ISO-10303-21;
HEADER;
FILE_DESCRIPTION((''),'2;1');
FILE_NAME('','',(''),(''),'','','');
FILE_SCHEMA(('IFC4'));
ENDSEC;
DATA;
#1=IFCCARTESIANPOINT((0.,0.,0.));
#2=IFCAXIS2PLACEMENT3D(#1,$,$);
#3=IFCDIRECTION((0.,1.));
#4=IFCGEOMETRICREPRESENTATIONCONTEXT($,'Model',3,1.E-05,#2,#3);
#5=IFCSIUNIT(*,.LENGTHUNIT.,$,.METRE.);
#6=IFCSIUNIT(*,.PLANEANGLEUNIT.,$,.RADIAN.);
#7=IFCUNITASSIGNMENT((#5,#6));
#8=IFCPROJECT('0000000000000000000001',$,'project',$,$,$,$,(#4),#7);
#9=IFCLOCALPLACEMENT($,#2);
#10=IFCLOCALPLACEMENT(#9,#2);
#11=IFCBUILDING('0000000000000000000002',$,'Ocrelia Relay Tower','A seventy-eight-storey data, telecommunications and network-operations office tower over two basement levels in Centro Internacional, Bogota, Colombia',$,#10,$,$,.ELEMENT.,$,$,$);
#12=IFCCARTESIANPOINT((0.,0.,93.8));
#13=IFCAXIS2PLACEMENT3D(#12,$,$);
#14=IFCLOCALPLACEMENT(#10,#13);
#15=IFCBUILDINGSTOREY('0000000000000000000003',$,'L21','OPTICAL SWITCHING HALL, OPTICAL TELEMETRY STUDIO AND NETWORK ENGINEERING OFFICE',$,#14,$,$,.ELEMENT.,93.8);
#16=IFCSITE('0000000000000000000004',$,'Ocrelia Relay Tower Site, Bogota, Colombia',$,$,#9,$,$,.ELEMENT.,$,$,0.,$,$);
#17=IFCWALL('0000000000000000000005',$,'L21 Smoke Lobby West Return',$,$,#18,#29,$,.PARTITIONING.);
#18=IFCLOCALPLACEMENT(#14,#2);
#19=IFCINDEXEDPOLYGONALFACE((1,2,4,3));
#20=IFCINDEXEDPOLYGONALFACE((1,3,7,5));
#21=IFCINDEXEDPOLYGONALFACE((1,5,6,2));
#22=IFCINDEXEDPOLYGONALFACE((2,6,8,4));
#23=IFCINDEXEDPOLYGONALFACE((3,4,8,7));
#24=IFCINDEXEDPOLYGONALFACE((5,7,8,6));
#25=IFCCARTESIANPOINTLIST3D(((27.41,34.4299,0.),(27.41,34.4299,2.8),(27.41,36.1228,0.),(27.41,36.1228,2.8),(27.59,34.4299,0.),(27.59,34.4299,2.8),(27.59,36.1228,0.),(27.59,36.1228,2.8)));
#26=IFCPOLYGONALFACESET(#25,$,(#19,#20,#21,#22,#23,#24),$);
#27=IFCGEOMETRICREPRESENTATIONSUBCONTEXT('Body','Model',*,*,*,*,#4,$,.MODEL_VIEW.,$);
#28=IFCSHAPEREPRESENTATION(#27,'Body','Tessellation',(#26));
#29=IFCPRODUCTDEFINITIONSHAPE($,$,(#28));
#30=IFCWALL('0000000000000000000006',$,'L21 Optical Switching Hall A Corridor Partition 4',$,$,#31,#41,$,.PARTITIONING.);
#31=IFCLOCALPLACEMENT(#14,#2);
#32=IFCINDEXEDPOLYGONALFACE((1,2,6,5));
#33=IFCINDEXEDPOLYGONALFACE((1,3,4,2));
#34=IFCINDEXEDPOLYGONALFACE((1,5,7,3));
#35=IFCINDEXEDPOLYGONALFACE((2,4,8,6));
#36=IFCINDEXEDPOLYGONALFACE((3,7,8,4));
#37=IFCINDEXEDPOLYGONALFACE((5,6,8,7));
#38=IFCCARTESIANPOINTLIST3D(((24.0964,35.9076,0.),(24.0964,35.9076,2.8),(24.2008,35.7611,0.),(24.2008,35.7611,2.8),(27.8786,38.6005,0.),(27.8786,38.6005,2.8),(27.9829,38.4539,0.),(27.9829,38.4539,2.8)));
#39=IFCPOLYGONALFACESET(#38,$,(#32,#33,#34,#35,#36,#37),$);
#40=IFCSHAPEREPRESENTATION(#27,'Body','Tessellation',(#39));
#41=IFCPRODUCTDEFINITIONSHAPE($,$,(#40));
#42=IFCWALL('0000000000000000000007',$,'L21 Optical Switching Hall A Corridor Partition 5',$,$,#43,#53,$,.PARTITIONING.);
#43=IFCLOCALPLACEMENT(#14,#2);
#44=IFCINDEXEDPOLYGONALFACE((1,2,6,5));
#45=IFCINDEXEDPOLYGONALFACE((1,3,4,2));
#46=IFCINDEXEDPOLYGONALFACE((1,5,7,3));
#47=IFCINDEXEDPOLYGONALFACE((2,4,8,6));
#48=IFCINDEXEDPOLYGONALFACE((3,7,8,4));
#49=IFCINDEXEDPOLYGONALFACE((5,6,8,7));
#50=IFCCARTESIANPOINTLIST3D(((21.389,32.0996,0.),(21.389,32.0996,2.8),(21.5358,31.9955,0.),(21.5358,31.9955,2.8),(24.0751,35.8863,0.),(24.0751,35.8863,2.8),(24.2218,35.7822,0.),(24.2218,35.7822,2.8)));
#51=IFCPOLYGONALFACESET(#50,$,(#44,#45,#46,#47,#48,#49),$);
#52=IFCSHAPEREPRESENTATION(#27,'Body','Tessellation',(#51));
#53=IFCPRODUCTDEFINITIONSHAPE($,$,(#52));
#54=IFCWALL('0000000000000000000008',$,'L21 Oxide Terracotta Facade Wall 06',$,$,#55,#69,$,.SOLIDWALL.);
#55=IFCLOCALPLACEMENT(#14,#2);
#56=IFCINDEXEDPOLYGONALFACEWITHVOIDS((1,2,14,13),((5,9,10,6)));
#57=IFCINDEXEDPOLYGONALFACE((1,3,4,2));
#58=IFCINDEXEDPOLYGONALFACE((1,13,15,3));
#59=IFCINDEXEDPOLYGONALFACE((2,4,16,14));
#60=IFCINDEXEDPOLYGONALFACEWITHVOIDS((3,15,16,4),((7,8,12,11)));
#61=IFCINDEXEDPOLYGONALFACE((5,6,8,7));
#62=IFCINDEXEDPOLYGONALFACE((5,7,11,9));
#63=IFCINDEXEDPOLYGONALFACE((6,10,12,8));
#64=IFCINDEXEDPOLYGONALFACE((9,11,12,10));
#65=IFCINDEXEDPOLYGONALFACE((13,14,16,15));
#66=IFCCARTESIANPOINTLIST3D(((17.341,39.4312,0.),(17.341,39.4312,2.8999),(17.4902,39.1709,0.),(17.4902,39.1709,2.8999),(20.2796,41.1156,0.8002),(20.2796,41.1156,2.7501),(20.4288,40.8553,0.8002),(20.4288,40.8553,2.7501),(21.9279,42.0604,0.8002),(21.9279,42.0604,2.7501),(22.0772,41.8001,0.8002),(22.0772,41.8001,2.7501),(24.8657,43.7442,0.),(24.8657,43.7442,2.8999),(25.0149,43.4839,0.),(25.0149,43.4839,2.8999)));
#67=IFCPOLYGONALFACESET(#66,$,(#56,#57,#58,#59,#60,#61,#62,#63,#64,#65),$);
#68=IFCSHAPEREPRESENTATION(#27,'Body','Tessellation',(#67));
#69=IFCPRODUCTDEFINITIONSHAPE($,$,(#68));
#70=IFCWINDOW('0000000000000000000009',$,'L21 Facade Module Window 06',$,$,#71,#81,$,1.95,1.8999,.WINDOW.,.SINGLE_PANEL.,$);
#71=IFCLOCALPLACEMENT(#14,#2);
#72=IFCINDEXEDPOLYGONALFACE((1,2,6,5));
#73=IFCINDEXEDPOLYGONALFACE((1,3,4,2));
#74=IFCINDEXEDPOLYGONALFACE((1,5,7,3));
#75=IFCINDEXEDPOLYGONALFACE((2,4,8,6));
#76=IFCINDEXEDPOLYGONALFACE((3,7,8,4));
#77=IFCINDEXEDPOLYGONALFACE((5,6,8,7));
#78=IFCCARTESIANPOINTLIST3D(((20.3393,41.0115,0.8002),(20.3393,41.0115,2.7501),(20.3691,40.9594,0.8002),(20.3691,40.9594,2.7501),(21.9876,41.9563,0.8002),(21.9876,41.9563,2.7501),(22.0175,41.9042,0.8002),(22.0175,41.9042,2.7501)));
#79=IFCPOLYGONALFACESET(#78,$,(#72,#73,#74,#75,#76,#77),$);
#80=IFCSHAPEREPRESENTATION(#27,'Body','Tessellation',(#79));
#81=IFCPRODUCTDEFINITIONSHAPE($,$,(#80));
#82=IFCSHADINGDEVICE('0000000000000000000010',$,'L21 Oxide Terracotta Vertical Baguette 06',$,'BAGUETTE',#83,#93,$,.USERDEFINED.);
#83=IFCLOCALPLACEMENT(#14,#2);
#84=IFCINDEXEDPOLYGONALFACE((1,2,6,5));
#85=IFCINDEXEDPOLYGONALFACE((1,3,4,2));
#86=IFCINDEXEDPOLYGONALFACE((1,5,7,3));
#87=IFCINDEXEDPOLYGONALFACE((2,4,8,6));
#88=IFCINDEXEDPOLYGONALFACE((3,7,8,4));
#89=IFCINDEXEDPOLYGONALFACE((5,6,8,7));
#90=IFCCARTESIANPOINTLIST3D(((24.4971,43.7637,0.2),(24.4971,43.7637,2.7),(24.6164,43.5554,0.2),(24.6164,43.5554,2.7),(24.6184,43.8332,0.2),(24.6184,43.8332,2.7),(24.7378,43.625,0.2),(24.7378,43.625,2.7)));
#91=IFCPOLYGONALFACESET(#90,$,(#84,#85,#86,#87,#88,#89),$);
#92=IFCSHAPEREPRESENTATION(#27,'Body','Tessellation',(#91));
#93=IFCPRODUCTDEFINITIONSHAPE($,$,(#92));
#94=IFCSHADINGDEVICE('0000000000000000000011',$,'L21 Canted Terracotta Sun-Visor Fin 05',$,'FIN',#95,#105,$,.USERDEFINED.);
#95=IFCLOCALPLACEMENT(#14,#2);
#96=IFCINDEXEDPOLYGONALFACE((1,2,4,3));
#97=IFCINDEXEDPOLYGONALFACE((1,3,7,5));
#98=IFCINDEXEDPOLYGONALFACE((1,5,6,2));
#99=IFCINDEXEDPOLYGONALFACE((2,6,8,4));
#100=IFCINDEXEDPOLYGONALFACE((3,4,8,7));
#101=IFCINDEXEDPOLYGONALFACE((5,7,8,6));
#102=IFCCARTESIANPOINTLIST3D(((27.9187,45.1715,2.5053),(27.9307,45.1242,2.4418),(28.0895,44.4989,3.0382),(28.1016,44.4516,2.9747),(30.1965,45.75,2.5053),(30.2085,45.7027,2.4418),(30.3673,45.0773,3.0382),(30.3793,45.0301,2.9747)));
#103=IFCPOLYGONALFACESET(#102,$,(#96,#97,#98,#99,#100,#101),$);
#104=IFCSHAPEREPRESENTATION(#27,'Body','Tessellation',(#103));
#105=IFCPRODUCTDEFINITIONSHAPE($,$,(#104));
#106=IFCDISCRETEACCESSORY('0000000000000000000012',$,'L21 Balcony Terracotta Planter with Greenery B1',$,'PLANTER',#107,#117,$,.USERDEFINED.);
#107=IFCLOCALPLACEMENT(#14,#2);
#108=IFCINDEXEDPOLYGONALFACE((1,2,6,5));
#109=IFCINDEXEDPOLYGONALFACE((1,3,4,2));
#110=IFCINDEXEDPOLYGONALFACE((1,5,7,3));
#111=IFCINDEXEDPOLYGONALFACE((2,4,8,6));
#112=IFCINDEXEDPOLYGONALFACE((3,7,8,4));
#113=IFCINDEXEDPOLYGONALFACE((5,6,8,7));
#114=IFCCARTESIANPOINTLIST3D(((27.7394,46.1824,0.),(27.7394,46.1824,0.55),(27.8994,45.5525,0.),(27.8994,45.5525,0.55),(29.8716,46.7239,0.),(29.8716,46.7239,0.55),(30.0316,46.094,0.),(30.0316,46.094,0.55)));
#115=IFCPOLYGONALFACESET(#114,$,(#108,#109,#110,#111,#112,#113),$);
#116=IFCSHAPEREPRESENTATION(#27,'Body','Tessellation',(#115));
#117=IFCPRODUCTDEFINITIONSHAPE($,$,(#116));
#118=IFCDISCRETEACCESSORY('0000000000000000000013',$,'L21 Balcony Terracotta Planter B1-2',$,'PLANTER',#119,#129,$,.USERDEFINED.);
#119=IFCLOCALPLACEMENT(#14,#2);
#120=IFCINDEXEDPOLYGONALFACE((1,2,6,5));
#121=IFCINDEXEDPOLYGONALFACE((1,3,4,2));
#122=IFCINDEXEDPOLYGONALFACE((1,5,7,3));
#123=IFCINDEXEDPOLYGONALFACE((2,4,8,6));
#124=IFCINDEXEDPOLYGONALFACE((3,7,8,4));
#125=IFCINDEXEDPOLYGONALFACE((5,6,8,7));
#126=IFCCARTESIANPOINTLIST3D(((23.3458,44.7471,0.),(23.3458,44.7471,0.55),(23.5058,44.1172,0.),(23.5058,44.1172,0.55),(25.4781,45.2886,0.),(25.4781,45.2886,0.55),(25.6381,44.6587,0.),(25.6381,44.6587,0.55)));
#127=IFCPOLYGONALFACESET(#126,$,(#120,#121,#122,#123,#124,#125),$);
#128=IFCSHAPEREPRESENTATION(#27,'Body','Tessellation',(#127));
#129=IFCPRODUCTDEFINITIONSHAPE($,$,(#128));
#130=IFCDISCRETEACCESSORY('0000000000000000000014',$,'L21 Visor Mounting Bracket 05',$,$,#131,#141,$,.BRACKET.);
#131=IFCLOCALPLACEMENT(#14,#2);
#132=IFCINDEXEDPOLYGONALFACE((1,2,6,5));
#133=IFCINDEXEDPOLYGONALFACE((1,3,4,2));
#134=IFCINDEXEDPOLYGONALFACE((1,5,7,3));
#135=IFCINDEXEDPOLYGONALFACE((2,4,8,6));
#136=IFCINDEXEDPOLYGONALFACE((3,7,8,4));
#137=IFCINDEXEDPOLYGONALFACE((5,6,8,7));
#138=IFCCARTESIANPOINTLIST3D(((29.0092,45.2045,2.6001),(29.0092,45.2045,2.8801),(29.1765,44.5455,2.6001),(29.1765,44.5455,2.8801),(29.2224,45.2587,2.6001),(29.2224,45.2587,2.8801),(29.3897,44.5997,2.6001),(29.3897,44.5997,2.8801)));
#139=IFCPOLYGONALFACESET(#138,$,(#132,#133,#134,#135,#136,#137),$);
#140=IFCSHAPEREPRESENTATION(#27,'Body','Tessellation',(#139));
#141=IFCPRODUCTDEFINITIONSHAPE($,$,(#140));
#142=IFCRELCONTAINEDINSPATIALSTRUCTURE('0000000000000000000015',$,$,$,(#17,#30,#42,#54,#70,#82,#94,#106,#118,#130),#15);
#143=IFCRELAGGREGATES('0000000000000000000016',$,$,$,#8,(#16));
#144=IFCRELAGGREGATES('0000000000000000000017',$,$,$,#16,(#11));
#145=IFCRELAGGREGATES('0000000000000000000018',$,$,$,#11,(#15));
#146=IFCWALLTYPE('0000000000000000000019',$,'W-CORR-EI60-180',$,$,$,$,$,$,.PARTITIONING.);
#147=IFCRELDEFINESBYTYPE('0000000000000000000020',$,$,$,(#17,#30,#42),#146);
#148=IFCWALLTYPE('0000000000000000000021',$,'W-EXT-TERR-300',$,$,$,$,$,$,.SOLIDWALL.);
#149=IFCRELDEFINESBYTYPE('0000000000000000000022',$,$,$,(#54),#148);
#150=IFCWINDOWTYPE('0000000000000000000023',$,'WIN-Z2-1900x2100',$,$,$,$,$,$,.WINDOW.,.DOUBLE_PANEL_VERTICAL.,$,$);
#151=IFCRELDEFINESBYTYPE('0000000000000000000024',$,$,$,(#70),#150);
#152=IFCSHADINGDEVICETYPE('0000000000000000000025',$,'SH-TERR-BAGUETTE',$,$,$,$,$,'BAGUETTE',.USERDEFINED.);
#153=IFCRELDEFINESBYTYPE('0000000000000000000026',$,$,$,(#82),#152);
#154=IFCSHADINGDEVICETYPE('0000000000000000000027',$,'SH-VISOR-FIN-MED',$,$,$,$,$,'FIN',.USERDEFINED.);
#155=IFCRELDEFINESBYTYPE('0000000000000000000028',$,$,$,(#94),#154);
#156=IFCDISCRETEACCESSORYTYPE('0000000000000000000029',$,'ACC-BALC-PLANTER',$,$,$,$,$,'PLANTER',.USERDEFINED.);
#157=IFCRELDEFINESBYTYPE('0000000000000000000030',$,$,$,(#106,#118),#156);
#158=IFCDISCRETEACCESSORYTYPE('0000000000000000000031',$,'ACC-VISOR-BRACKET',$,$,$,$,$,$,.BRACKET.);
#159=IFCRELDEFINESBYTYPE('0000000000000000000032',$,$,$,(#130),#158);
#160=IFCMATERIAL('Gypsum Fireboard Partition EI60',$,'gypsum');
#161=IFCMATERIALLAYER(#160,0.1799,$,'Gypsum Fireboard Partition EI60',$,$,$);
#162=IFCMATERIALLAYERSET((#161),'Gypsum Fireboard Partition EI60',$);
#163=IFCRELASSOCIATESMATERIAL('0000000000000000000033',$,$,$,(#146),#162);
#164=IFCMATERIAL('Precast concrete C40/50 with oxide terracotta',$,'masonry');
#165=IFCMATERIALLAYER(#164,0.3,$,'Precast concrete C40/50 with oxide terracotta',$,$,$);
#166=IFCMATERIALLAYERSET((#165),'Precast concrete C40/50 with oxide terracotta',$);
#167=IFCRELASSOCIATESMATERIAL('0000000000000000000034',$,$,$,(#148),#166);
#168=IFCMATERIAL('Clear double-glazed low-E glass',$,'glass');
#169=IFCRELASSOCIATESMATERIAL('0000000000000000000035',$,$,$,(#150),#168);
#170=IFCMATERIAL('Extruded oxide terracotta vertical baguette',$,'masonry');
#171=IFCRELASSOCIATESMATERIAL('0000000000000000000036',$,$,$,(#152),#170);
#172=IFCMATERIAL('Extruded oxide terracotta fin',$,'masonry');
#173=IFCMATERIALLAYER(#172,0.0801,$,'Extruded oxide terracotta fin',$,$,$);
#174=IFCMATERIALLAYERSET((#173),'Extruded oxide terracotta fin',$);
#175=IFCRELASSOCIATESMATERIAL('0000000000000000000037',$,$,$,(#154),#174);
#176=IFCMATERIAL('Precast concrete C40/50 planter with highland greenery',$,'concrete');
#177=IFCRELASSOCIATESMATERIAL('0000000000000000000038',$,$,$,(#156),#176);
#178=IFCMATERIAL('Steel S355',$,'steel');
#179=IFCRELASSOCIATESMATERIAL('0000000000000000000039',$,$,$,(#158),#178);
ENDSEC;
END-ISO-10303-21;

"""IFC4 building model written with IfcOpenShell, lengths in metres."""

from ifc_helpers import new_model, si_unit, direction, frame, frame_2d, origin, origin_2d, place, context, subcontext, project, spatial, rectangle, extrude, material, layer, layer_set, type_object, element, fill, save


model = new_model("IFC4")

# Units and contexts
model_context = context("Model", 3, precision=1e-05, world=origin(), true_north=direction((0.0, 1.0)))
body_context = subcontext(model_context, "Body", "Model", "MODEL_VIEW")
ifc_project = project(units=[si_unit("LENGTHUNIT", "METRE"), si_unit("PLANEANGLEUNIT", "RADIAN")], contexts=[model_context])

# Site, building, storey
site_placement = place(None, origin())
site = spatial("IfcSite", under=ifc_project, at=site_placement, Name="Ocrelia Relay Tower Site, Bogota, Colombia", CompositionType="ELEMENT", RefElevation=0.0)
building_placement = place(site_placement, origin())
building = spatial("IfcBuilding", under=site, at=building_placement, Name="Ocrelia Relay Tower", Description="A seventy-eight-storey data, telecommunications and network-operations office tower over two basement levels in Centro Internacional, Bogota, Colombia", CompositionType="ELEMENT")
storey_placement = place(building_placement, frame((0.0, 0.0, 93.8)))
storey = spatial("IfcBuildingStorey", under=building, at=storey_placement, Name="L21", Description="OPTICAL SWITCHING HALL, OPTICAL TELEMETRY STUDIO AND NETWORK ENGINEERING OFFICE", CompositionType="ELEMENT", Elevation=93.8)

# Shared definitions
ifc_material_1 = material(Name="Steel S355", Category="steel")

# Wall
ifc_material_2 = material(Name="Gypsum Fireboard Partition EI60", Category="gypsum")
ifc_layer_1 = layer(ifc_material_2, 0.1799, Name="Gypsum Fireboard Partition EI60")
ifc_layer_set_1 = layer_set([ifc_layer_1], Name="Gypsum Fireboard Partition EI60")
wall_type_1 = type_object("IfcWallType", Name="W-CORR-EI60-180", PredefinedType="PARTITIONING", material=ifc_layer_set_1)
wall_1_placement = place(storey_placement, frame((27.5, 34.4299, 0.0), z_axis=(0.0, 0.0, 1.0), x_axis=(0.0, 1.0, 0.0)))
element("IfcWall", 1, at=wall_1_placement, inside=storey, type_object=wall_type_1, Name="L21 Smoke Lobby West Return", PredefinedType="PARTITIONING", context=body_context, shape_type="SweptSolid", body=[
    extrude(rectangle(XDim=1.6929, YDim=0.1799, at=frame_2d((0.8464, 0.0))), origin(), (0.0, 0.0, 1.0), 2.8),
])

# Walls
wall_2_placement = place(storey_placement, frame((27.9307, 38.5271, 0.0), z_axis=(0.0, 0.0, 1.0), x_axis=(-0.814621, -0.579994, 0.0)))
element("IfcWall", 2, at=wall_2_placement, inside=storey, type_object=wall_type_1, Name="L21 Optical Switching Hall A Corridor Partition 4", PredefinedType="PARTITIONING", context=body_context, shape_type="SweptSolid", body=[
    extrude(rectangle(XDim=4.6428, YDim=0.1799, at=frame_2d((2.3213, 0.0))), origin(), (0.0, 0.0, 1.0), 2.8),
])
wall_3_placement = place(storey_placement, frame((24.1484, 35.8342, 0.0), z_axis=(0.0, 0.0, 1.0), x_axis=(-0.578569, -0.815634, 0.0)))
element("IfcWall", 3, at=wall_3_placement, inside=storey, type_object=wall_type_1, Name="L21 Optical Switching Hall A Corridor Partition 5", PredefinedType="PARTITIONING", context=body_context, shape_type="SweptSolid", body=[
    extrude(rectangle(XDim=4.6426, YDim=0.1799, at=frame_2d((2.3213, 0.0))), origin(), (0.0, 0.0, 1.0), 2.8),
])

# Wall, opening, window
ifc_material_3 = material(Name="Precast concrete C40/50 with oxide terracotta", Category="masonry")
ifc_layer_2 = layer(ifc_material_3, 0.3, Name="Precast concrete C40/50 with oxide terracotta")
ifc_layer_set_2 = layer_set([ifc_layer_2], Name="Precast concrete C40/50 with oxide terracotta")
wall_type_2 = type_object("IfcWallType", Name="W-EXT-TERR-300", PredefinedType="SOLIDWALL", material=ifc_layer_set_2)
wall_4_placement = place(storey_placement, frame((24.9402, 43.614, 0.0), z_axis=(0.0, 0.0, 1.0), x_axis=(-0.867588, -0.497284, 0.0)))
wall_4 = element("IfcWall", 4, at=wall_4_placement, inside=storey, type_object=wall_type_2, Name="L21 Oxide Terracotta Facade Wall 06", PredefinedType="SOLIDWALL", context=body_context, shape_type="SweptSolid", body=[
    extrude(rectangle(XDim=8.6731, YDim=0.3, at=frame_2d((4.3364, 0.0))), origin(), (0.0, 0.0, 1.0), 2.8999),
])
opening_1_placement = place(wall_4_placement, frame((3.386, 0.0, 0.8)))
opening_1 = element("IfcOpeningElement", 5, at=opening_1_placement, cuts=wall_4, PredefinedType="OPENING", context=body_context, shape_type="SweptSolid", body=[
    extrude(rectangle(XDim=1.8999, YDim=1.95, at=frame_2d((0.95, 0.9751))), frame((0.0, 0.1602, 0.0), z_axis=(0.0, -1.0, 0.0), x_axis=(1.0, 0.0, 0.0)), (0.0, 0.0, 1.0), 0.3201),
])
ifc_material_4 = material(Name="Clear double-glazed low-E glass", Category="glass")
window_type = type_object("IfcWindowType", Name="WIN-Z2-1900x2100", PartitioningType="DOUBLE_PANEL_VERTICAL", PredefinedType="WINDOW", material=ifc_material_4)
window_placement = place(opening_1_placement, origin())
window = element("IfcWindow", 6, at=window_placement, inside=storey, type_object=window_type, Name="L21 Facade Module Window 06", OverallHeight=1.95, OverallWidth=1.8999, PartitioningType="SINGLE_PANEL", PredefinedType="WINDOW", context=body_context, shape_type="SweptSolid", body=[
    extrude(rectangle(XDim=1.8999, YDim=1.95, at=frame_2d((0.95, 0.9751))), frame((0.0, 0.03, 0.0), z_axis=(0.0, -1.0, 0.0), x_axis=(1.0, 0.0, 0.0)), (0.0, 0.0, 1.0), 0.0601),
])
fill(opening_1, window)

# Shading devices
ifc_material_5 = material(Name="Extruded oxide terracotta vertical baguette", Category="masonry")
shading_device_type_1 = type_object("IfcShadingDeviceType", Name="SH-TERR-BAGUETTE", ElementType="BAGUETTE", PredefinedType="USERDEFINED", material=ifc_material_5)
shading_device_1_placement = place(storey_placement, frame((24.6174, 43.6943, 0.2), z_axis=(0.0, 0.0, 1.0), x_axis=(-0.867582, -0.497293, 0.0)))
element("IfcShadingDevice", 7, at=shading_device_1_placement, inside=storey, type_object=shading_device_type_1, Name="L21 Oxide Terracotta Vertical Baguette 06", ObjectType="BAGUETTE", PredefinedType="USERDEFINED", context=body_context, shape_type="SweptSolid", body=[
    extrude(rectangle(XDim=0.1399, YDim=0.24, at=origin_2d()), origin(), (0.0, 0.0, 1.0), 2.5),
])
ifc_material_6 = material(Name="Extruded oxide terracotta fin", Category="masonry")
ifc_layer_3 = layer(ifc_material_6, 0.0801, Name="Extruded oxide terracotta fin")
ifc_layer_set_3 = layer_set([ifc_layer_3], Name="Extruded oxide terracotta fin")
shading_device_type_2 = type_object("IfcShadingDeviceType", Name="SH-VISOR-FIN-MED", ElementType="FIN", PredefinedType="USERDEFINED", material=ifc_layer_set_3)
shading_device_2_placement = place(storey_placement, frame((29.155, 45.0771, 2.7083), z_axis=(-0.149917, 0.590299, 0.793141), x_axis=(-0.969231, -0.246154, 0.0)))
element("IfcShadingDevice", 8, at=shading_device_2_placement, inside=storey, type_object=shading_device_type_2, Name="L21 Canted Terracotta Sun-Visor Fin 05", ObjectType="FIN", PredefinedType="USERDEFINED", context=body_context, shape_type="SweptSolid", body=[
    extrude(rectangle(XDim=2.3501, YDim=0.875, at=origin_2d()), origin(), (0.0, 0.0, 1.0), 0.0801),
])

# Discrete accessories
ifc_material_7 = material(Name="Precast concrete C40/50 planter with highland greenery", Category="concrete")
discrete_accessory_type_1 = type_object("IfcDiscreteAccessoryType", Name="ACC-BALC-PLANTER", ElementType="PLANTER", PredefinedType="USERDEFINED", material=ifc_material_7)
for number, where, z_axis, x_axis, name in (
    (9, (28.8855, 46.1382, 0.0), (0.0, 0.0, 1.0), (0.96923, 0.246158, 0.0), "L21 Balcony Terracotta Planter with Greenery B1"),
    (10, (24.4919, 44.7029, 0.0), (0.0, 0.0, 1.0), (0.96923, 0.246158, 0.0), "L21 Balcony Terracotta Planter B1-2"),
):
    element("IfcDiscreteAccessory", number, at=place(storey_placement, frame(where, z_axis=z_axis, x_axis=x_axis)), inside=storey, type_object=discrete_accessory_type_1, Name=name, ObjectType="PLANTER", PredefinedType="USERDEFINED", context=body_context, shape_type="SweptSolid", body=[
        extrude(rectangle(XDim=2.2, YDim=0.6499, at=origin_2d()), origin(), (0.0, 0.0, 1.0), 0.55),
    ])
discrete_accessory_type_2 = type_object("IfcDiscreteAccessoryType", Name="ACC-VISOR-BRACKET", PredefinedType="BRACKET", material=ifc_material_1)
discrete_accessory_placement = place(storey_placement, frame((29.1995, 44.9021, 2.6001), z_axis=(0.0, 0.0, 1.0), x_axis=(-0.969231, -0.246154, 0.0)))
element("IfcDiscreteAccessory", 11, at=discrete_accessory_placement, inside=storey, type_object=discrete_accessory_type_2, Name="L21 Visor Mounting Bracket 05", PredefinedType="BRACKET", context=body_context, shape_type="SweptSolid", body=[
    extrude(rectangle(XDim=0.22, YDim=0.6799, at=origin_2d()), origin(), (0.0, 0.0, 1.0), 0.28),
])

save(model, "model.ifc")
